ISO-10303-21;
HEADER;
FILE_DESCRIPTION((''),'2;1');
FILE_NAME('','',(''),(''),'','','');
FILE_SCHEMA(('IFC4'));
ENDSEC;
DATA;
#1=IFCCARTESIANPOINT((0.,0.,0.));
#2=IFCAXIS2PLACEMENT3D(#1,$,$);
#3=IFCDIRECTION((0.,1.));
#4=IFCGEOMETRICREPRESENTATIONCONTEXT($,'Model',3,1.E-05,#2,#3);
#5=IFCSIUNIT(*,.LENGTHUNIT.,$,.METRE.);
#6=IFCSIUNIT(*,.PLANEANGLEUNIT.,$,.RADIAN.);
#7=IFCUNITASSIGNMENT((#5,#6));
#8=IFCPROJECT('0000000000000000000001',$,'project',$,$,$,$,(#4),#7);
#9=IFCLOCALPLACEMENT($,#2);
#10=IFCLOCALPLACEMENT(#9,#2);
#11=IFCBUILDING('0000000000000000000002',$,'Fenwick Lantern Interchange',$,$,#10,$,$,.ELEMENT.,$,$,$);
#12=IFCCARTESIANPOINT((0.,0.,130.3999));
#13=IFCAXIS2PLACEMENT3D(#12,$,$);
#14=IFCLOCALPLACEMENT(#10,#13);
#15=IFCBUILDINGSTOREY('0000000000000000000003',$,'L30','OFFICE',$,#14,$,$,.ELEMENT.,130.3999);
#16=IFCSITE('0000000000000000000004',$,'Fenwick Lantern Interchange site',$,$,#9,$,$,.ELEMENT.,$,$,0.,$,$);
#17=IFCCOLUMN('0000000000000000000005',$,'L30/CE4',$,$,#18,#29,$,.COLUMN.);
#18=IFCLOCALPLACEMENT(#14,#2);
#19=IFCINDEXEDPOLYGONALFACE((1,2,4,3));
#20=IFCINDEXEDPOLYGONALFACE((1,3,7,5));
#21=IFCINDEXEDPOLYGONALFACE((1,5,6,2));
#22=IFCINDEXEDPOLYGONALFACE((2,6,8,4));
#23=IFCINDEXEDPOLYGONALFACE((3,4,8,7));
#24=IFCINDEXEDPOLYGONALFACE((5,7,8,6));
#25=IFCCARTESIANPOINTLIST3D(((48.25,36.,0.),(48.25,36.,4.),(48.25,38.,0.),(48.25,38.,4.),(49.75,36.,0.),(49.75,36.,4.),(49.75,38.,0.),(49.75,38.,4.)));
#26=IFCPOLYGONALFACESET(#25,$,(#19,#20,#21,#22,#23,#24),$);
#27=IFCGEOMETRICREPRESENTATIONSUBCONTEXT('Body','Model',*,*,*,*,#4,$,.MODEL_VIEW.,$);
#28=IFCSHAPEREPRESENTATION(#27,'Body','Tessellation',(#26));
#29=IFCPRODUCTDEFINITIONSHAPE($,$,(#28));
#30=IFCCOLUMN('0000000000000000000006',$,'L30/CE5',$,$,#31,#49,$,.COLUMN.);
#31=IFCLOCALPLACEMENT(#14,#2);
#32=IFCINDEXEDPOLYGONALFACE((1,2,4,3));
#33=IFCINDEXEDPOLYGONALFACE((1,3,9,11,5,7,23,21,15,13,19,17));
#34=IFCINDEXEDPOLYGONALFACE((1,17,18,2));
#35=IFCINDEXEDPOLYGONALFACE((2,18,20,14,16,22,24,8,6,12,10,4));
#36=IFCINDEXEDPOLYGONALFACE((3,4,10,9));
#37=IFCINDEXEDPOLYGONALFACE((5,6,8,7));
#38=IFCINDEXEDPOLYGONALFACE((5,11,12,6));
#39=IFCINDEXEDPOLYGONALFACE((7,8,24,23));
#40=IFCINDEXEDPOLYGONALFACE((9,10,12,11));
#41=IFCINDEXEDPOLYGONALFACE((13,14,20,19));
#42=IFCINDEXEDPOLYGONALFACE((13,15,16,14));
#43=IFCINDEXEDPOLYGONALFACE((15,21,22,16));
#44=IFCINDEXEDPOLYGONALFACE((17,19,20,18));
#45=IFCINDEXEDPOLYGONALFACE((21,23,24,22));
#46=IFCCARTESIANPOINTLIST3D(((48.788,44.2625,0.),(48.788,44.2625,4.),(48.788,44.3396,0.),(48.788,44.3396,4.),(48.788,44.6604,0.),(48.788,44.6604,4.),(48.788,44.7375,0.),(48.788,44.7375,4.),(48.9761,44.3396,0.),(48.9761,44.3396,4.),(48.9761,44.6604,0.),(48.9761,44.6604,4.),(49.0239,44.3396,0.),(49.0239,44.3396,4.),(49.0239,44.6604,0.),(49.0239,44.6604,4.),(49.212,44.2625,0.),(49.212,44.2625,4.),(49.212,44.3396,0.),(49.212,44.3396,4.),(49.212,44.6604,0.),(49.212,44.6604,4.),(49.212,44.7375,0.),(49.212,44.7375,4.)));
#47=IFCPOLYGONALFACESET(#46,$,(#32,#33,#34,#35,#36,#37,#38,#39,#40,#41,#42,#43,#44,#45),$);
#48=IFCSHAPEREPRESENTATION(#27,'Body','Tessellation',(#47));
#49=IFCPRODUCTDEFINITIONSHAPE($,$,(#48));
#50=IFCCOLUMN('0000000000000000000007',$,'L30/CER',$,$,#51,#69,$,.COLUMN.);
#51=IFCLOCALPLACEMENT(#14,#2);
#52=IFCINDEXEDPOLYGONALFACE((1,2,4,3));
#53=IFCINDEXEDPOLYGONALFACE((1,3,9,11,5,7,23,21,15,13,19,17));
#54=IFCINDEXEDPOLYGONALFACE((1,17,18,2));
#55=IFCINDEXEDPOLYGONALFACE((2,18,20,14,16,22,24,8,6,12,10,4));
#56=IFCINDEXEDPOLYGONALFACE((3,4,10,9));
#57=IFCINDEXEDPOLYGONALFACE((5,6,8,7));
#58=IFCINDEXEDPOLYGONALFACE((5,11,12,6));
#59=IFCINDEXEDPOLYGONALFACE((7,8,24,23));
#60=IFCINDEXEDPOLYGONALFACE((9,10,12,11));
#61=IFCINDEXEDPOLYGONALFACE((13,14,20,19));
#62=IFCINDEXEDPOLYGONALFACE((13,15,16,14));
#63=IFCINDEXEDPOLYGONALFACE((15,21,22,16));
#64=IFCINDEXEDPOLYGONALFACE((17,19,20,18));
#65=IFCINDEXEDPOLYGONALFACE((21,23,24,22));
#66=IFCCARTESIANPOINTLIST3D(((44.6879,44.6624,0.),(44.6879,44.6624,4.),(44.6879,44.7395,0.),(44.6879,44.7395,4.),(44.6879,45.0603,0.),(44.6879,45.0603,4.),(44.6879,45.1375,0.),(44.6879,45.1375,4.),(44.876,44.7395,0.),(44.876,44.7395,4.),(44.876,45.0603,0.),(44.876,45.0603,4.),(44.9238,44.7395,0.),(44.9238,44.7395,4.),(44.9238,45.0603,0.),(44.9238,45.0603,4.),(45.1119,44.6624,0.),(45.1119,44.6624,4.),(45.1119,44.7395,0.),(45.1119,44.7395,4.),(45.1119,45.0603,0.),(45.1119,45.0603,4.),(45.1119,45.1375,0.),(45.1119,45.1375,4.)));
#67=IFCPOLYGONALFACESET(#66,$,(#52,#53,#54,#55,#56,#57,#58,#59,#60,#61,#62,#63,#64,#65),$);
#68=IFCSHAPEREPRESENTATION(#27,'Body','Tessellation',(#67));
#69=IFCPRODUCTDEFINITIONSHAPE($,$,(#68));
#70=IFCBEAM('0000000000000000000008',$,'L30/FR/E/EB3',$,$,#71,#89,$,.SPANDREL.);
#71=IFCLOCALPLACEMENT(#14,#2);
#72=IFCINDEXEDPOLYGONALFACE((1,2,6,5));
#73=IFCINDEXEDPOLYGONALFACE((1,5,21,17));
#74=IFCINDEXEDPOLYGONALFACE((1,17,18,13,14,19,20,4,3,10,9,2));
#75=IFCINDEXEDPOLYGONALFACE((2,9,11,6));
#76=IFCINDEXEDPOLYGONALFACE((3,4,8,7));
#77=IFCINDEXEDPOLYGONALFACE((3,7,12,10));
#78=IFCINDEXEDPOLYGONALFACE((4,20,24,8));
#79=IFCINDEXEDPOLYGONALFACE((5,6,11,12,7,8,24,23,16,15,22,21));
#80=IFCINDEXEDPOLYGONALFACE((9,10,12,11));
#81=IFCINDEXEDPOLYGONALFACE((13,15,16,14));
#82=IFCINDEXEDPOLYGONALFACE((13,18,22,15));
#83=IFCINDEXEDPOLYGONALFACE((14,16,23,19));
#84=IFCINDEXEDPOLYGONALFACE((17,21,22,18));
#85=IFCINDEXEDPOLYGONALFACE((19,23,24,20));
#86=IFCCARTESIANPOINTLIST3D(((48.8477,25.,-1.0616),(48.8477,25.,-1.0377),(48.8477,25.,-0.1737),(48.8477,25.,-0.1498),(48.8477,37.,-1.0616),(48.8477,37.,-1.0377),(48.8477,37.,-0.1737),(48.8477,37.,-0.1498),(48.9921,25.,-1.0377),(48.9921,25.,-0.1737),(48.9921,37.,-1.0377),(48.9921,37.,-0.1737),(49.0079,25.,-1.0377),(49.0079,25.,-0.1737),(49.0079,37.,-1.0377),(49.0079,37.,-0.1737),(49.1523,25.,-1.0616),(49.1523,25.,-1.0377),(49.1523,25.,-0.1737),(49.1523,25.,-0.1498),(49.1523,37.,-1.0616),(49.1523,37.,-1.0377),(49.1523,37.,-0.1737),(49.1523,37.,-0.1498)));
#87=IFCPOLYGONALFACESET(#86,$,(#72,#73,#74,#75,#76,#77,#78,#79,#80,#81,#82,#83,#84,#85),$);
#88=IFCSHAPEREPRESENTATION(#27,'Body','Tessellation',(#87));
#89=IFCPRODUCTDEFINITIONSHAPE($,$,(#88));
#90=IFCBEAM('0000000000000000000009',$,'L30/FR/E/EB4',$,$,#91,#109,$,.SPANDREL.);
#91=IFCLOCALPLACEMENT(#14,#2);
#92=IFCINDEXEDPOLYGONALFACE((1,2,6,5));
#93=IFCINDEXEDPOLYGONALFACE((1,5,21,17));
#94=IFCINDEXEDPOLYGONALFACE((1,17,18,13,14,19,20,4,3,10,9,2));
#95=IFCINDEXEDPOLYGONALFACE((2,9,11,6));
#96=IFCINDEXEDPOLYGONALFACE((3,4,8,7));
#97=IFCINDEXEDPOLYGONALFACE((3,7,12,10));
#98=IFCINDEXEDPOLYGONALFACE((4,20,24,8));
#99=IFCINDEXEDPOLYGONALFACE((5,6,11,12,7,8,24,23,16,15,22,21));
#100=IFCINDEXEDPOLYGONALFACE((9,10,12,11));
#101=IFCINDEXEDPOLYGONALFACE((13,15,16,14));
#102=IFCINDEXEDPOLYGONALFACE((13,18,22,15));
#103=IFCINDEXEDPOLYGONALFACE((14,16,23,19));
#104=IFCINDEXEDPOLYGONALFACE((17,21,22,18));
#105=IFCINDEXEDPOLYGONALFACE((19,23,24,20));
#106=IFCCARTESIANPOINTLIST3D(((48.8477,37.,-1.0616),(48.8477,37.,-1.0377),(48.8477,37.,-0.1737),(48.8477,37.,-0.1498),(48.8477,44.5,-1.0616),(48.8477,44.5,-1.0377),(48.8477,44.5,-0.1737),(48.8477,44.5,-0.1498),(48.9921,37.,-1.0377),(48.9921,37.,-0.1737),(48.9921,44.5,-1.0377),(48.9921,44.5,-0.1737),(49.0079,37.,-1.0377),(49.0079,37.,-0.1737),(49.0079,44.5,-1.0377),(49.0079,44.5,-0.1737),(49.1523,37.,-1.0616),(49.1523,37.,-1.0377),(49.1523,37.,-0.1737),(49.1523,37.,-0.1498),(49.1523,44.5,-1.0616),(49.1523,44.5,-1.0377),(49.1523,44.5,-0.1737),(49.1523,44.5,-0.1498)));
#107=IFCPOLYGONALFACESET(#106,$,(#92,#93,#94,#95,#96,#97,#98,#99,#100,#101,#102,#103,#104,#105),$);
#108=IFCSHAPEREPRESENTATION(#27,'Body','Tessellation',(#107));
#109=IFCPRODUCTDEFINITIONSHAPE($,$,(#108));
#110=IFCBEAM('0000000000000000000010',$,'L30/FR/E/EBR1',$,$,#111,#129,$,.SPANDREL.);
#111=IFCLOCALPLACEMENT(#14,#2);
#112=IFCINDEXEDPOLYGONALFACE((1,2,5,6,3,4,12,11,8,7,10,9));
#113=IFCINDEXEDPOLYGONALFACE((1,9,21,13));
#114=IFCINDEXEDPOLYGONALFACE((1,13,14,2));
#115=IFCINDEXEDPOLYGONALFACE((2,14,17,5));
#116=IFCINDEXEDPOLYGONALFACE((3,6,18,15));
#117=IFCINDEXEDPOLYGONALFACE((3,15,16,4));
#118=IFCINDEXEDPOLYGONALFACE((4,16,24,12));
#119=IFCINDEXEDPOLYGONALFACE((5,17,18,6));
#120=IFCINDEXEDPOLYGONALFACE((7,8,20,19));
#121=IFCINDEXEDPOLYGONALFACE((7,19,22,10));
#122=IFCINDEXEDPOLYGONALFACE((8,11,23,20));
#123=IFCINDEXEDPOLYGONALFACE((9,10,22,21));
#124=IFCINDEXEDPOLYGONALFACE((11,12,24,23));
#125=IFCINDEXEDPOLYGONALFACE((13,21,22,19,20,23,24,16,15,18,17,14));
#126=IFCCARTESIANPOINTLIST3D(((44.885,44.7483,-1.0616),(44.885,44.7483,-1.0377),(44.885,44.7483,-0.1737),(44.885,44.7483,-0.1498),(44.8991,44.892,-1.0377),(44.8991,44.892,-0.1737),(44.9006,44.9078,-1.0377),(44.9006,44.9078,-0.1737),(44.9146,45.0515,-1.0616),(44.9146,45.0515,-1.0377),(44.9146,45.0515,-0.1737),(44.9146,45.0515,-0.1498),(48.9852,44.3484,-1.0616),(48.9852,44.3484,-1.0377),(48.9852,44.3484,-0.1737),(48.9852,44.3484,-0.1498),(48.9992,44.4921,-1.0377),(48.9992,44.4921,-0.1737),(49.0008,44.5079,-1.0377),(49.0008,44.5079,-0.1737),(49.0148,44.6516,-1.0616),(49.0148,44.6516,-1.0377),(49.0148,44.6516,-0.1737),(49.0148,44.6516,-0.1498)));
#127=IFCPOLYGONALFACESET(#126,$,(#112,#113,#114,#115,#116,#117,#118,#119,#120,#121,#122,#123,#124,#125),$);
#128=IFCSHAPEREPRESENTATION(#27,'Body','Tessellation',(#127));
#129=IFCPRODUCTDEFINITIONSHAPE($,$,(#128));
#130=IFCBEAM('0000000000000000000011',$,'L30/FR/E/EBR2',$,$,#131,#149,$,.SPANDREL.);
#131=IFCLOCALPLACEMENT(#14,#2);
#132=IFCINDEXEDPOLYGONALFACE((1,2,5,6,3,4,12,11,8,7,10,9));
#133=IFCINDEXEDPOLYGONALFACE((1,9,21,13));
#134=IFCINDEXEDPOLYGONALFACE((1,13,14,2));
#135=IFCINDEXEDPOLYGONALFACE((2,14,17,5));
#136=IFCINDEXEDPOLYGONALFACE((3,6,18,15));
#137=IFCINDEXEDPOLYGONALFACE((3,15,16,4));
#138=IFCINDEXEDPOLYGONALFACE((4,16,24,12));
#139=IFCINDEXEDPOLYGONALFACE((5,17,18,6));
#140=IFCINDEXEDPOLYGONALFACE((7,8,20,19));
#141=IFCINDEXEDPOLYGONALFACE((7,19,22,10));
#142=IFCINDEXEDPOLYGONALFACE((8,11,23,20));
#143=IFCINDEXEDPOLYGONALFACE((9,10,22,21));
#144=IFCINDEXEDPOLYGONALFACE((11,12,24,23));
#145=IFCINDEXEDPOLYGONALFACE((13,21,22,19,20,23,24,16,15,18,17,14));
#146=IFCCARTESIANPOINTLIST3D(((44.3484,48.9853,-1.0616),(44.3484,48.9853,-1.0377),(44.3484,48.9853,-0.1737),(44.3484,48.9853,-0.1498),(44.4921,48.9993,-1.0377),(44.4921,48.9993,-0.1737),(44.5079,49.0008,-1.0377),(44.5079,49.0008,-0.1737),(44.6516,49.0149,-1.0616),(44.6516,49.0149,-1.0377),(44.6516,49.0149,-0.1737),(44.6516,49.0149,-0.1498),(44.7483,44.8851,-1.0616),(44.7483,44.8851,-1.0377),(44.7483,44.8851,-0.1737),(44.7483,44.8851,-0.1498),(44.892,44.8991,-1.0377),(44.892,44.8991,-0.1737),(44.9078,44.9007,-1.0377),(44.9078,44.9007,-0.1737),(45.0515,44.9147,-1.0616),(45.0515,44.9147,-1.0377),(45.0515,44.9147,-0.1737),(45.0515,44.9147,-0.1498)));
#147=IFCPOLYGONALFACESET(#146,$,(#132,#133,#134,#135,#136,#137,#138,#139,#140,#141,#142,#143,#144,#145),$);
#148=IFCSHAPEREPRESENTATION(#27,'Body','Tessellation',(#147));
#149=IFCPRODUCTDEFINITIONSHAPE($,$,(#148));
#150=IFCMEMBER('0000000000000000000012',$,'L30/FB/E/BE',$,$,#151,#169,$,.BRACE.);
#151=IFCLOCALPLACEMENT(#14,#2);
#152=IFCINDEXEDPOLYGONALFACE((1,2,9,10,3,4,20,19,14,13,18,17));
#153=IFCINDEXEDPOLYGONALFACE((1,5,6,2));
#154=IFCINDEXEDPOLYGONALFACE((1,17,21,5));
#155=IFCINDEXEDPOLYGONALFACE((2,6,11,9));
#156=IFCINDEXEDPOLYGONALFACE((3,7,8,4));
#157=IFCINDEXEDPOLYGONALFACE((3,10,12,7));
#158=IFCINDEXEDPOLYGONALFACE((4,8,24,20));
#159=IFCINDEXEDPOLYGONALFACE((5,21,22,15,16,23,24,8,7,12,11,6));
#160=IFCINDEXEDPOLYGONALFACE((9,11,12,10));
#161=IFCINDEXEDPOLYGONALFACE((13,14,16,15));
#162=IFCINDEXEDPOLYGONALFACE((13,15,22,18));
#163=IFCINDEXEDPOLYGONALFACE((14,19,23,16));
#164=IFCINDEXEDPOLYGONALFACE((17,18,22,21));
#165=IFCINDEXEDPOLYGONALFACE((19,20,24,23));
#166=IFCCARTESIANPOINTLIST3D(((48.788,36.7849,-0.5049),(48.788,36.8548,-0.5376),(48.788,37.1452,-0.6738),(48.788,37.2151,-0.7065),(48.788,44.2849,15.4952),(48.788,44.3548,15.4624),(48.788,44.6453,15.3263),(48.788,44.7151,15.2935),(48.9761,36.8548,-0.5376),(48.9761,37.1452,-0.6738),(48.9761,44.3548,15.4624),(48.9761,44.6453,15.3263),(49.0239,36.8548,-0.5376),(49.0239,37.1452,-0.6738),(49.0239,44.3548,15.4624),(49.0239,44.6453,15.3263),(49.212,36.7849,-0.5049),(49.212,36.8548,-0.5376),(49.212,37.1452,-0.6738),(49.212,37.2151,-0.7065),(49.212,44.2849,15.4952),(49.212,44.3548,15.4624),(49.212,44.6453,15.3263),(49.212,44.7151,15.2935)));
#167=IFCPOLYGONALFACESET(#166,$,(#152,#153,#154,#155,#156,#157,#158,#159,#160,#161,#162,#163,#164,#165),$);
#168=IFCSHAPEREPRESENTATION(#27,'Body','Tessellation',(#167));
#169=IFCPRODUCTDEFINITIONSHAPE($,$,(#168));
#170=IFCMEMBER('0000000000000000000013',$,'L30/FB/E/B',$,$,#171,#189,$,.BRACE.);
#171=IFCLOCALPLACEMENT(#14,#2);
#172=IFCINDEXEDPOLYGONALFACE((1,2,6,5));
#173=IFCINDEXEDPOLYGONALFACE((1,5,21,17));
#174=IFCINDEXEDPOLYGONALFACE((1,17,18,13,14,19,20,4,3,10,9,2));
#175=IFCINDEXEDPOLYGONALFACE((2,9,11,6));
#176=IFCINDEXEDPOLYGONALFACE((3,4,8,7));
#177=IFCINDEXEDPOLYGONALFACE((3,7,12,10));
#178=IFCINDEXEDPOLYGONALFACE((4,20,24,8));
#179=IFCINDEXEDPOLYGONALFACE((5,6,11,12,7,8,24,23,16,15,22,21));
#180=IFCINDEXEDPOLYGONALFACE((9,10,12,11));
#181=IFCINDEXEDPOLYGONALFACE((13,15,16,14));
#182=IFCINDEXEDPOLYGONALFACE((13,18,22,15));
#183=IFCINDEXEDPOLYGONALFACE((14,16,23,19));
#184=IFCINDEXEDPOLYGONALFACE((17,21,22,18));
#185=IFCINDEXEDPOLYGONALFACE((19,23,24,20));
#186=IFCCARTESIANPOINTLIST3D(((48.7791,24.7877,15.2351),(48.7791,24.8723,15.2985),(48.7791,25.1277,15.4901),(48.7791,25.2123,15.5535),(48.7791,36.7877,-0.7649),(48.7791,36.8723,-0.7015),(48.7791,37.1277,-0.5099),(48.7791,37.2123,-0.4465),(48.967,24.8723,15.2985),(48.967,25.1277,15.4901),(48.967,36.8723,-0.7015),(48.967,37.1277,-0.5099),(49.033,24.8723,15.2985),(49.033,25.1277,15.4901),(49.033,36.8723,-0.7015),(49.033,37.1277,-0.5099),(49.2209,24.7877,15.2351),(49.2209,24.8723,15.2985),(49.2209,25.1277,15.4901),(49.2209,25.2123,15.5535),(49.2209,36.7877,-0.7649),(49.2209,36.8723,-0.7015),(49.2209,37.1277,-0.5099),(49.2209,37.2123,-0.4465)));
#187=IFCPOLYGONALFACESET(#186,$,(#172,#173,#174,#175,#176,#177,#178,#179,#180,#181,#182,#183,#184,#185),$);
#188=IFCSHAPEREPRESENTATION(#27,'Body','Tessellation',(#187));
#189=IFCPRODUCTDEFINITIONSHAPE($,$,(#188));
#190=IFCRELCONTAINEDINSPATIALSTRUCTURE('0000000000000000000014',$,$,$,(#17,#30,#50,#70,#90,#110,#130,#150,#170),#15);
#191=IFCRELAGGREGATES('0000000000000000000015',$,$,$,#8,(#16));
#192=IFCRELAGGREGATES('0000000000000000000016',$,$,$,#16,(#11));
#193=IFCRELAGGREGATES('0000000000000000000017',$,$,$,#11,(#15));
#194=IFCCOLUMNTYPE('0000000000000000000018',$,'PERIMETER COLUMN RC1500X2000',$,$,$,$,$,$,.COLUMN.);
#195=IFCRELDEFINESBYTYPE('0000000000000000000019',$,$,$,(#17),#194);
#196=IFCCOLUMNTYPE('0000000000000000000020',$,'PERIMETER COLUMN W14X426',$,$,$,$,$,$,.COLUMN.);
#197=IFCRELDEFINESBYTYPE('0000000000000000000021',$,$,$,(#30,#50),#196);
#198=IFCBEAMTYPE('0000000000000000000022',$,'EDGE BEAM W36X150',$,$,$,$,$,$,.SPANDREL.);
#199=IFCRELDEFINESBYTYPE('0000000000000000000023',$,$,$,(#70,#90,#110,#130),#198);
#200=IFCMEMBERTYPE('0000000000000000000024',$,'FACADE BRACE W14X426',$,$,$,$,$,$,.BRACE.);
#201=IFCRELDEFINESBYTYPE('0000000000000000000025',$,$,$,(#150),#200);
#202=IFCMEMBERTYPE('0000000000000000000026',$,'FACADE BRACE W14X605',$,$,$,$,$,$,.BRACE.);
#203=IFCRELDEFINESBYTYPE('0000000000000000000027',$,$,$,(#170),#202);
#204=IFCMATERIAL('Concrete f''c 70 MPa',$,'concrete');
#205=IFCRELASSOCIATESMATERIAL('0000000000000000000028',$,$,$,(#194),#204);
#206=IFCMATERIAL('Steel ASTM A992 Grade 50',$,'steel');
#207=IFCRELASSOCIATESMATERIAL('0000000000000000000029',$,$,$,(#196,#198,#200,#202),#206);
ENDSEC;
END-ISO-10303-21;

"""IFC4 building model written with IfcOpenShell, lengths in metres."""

from ifc_helpers import new_model, si_unit, direction, frame, origin, origin_2d, place, context, subcontext, project, spatial, rectangle, i_section, extrude, material, material_profile, profile_set, type_object, element, save


model = new_model("IFC4")

# Units and contexts
model_context = context("Model", 3, precision=1e-05, world=origin(), true_north=direction((0.0, 1.0)))
body_context = subcontext(model_context, "Body", "Model", "MODEL_VIEW")
ifc_project = project(units=[si_unit("LENGTHUNIT", "METRE"), si_unit("PLANEANGLEUNIT", "RADIAN")], contexts=[model_context])

# Site, building, storey
site_placement = place(None, origin())
site = spatial("IfcSite", under=ifc_project, at=site_placement, Name="Fenwick Lantern Interchange site", CompositionType="ELEMENT", RefElevation=0.0)
building_placement = place(site_placement, origin())
building = spatial("IfcBuilding", under=site, at=building_placement, Name="Fenwick Lantern Interchange", CompositionType="ELEMENT")
storey_placement = place(building_placement, frame((0.0, 0.0, 130.3999)))
storey = spatial("IfcBuildingStorey", under=building, at=storey_placement, Name="L30", Description="OFFICE", CompositionType="ELEMENT", Elevation=130.3999)

# Columns
ifc_material_1 = material(Name="Concrete f'c 70 MPa", Category="concrete")
ifc_material_profile_1 = material_profile(ifc_material_1, rectangle(XDim=1.5, YDim=2.0, at=origin_2d()), Name="RC1500X2000")
ifc_profile_set_1 = profile_set([ifc_material_profile_1], Name="Concrete f'c 70 MPa")
column_type_1 = type_object("IfcColumnType", Name="PERIMETER COLUMN RC1500X2000", PredefinedType="COLUMN", material=ifc_profile_set_1)
column_placement = place(storey_placement, frame((49.0, 37.0, 0.0), z_axis=(0.0, 0.0, 1.0), x_axis=(1.0, 0.0, 0.0)))
element("IfcColumn", 1, at=column_placement, inside=storey, type_object=column_type_1, Name="L30/CE4", PredefinedType="COLUMN", context=body_context, shape_type="SweptSolid", body=[
    extrude(rectangle(XDim=1.5, YDim=2.0, at=origin_2d()), origin(), (0.0, 0.0, 1.0), 4.0),
])
ifc_material_2 = material(Name="Steel ASTM A992 Grade 50", Category="steel")
ifc_material_profile_2 = material_profile(ifc_material_2, i_section(OverallWidth=0.4241, OverallDepth=0.4751, WebThickness=0.0479, FlangeThickness=0.0771, at=origin_2d()), Name="W14X426")
ifc_profile_set_2 = profile_set([ifc_material_profile_2], Name="Steel ASTM A992 Grade 50")
column_type_2 = type_object("IfcColumnType", Name="PERIMETER COLUMN W14X426", PredefinedType="COLUMN", material=ifc_profile_set_2)
for number, where, z_axis, x_axis, name in (
    (2, (49.0, 44.5, 0.0), (0.0, 0.0, 1.0), (1.0, 0.0, 0.0), "L30/CE5"),
    (3, (44.8999, 44.8999, 0.0), (0.0, 0.0, 1.0), (1.0, 0.0, 0.0), "L30/CER"),
):
    element("IfcColumn", number, at=place(storey_placement, frame(where, z_axis=z_axis, x_axis=x_axis)), inside=storey, type_object=column_type_2, Name=name, PredefinedType="COLUMN", context=body_context, shape_type="SweptSolid", body=[
        extrude(i_section(OverallWidth=0.4241, OverallDepth=0.4751, WebThickness=0.0479, FlangeThickness=0.0771, at=origin_2d()), origin(), (0.0, 0.0, 1.0), 4.0),
    ])

# Beams
ifc_material_profile_3 = material_profile(ifc_material_2, i_section(OverallWidth=0.3047, OverallDepth=0.9119, WebThickness=0.0159, FlangeThickness=0.0239, at=origin_2d()), Name="W36X150")
ifc_profile_set_3 = profile_set([ifc_material_profile_3], Name="Steel ASTM A992 Grade 50")
beam_type_1 = type_object("IfcBeamType", Name="EDGE BEAM W36X150", PredefinedType="SPANDREL", material=ifc_profile_set_3)
beam_1_placement = place(storey_placement, frame((49.0, 25.0, -0.6057), z_axis=(0.0, 1.0, 0.0), x_axis=(-1.0, 0.0, 0.0)))
element("IfcBeam", 4, at=beam_1_placement, inside=storey, type_object=beam_type_1, Name="L30/FR/E/EB3", PredefinedType="SPANDREL", context=body_context, shape_type="SweptSolid", body=[
    extrude(i_section(OverallWidth=0.3047, OverallDepth=0.9119, WebThickness=0.0159, FlangeThickness=0.0239, at=origin_2d()), origin(), (0.0, 0.0, 1.0), 12.0),
])
beam_2_placement = place(storey_placement, frame((49.0, 37.0, -0.6057), z_axis=(0.0, 1.0, 0.0), x_axis=(-1.0, 0.0, 0.0)))
element("IfcBeam", 5, at=beam_2_placement, inside=storey, type_object=beam_type_1, Name="L30/FR/E/EB4", PredefinedType="SPANDREL", context=body_context, shape_type="SweptSolid", body=[
    extrude(i_section(OverallWidth=0.3047, OverallDepth=0.9119, WebThickness=0.0159, FlangeThickness=0.0239, at=origin_2d()), origin(), (0.0, 0.0, 1.0), 7.5),
])
for number, where, z_axis, x_axis, name in (
    (6, (49.0, 44.5, -0.6057), (-0.995277, 0.097074, 0.0), (-0.097074, -0.995277, 0.0), "L30/FR/E/EBR1"),
    (7, (44.8999, 44.8999, -0.6057), (-0.097074, 0.995277, 0.0), (-0.995277, -0.097074, 0.0), "L30/FR/E/EBR2"),
):
    element("IfcBeam", number, at=place(storey_placement, frame(where, z_axis=z_axis, x_axis=x_axis)), inside=storey, type_object=beam_type_1, Name=name, PredefinedType="SPANDREL", context=body_context, shape_type="SweptSolid", body=[
        extrude(i_section(OverallWidth=0.3047, OverallDepth=0.9119, WebThickness=0.0159, FlangeThickness=0.0239, at=origin_2d()), origin(), (0.0, 0.0, 1.0), 4.1196),
    ])

# Members
ifc_material_profile_4 = material_profile(ifc_material_2, i_section(OverallWidth=0.4241, OverallDepth=0.4751, WebThickness=0.0479, FlangeThickness=0.0771, at=origin_2d()), Name="W14X426")
ifc_profile_set_4 = profile_set([ifc_material_profile_4], Name="Steel ASTM A992 Grade 50")
member_type_1 = type_object("IfcMemberType", Name="FACADE BRACE W14X426", PredefinedType="BRACE", material=ifc_profile_set_4)
member_1_placement = place(storey_placement, frame((49.0, 37.0, -0.6057), z_axis=(0.0, 0.424434, 0.905459), x_axis=(-1.0, 0.0, 0.0)))
element("IfcMember", 8, at=member_1_placement, inside=storey, type_object=member_type_1, Name="L30/FB/E/BE", PredefinedType="BRACE", context=body_context, shape_type="SweptSolid", body=[
    extrude(i_section(OverallWidth=0.4241, OverallDepth=0.4751, WebThickness=0.0479, FlangeThickness=0.0771, at=origin_2d()), origin(), (0.0, 0.0, 1.0), 17.6707),
])
ifc_material_profile_5 = material_profile(ifc_material_2, i_section(OverallWidth=0.4419, OverallDepth=0.5308, WebThickness=0.0659, FlangeThickness=0.1057, at=origin_2d()), Name="W14X605")
ifc_profile_set_5 = profile_set([ifc_material_profile_5], Name="Steel ASTM A992 Grade 50")
member_type_2 = type_object("IfcMemberType", Name="FACADE BRACE W14X605", PredefinedType="BRACE", material=ifc_profile_set_5)
member_2_placement = place(storey_placement, frame((49.0, 37.0, -0.6057), z_axis=(0.0, -0.6, 0.8), x_axis=(1.0, 0.0, 0.0)))
element("IfcMember", 9, at=member_2_placement, inside=storey, type_object=member_type_2, Name="L30/FB/E/B", PredefinedType="BRACE", context=body_context, shape_type="SweptSolid", body=[
    extrude(i_section(OverallWidth=0.4419, OverallDepth=0.5308, WebThickness=0.0659, FlangeThickness=0.1057, at=origin_2d()), origin(), (0.0, 0.0, 1.0), 20.0),
])

save(model, "model.ifc")
